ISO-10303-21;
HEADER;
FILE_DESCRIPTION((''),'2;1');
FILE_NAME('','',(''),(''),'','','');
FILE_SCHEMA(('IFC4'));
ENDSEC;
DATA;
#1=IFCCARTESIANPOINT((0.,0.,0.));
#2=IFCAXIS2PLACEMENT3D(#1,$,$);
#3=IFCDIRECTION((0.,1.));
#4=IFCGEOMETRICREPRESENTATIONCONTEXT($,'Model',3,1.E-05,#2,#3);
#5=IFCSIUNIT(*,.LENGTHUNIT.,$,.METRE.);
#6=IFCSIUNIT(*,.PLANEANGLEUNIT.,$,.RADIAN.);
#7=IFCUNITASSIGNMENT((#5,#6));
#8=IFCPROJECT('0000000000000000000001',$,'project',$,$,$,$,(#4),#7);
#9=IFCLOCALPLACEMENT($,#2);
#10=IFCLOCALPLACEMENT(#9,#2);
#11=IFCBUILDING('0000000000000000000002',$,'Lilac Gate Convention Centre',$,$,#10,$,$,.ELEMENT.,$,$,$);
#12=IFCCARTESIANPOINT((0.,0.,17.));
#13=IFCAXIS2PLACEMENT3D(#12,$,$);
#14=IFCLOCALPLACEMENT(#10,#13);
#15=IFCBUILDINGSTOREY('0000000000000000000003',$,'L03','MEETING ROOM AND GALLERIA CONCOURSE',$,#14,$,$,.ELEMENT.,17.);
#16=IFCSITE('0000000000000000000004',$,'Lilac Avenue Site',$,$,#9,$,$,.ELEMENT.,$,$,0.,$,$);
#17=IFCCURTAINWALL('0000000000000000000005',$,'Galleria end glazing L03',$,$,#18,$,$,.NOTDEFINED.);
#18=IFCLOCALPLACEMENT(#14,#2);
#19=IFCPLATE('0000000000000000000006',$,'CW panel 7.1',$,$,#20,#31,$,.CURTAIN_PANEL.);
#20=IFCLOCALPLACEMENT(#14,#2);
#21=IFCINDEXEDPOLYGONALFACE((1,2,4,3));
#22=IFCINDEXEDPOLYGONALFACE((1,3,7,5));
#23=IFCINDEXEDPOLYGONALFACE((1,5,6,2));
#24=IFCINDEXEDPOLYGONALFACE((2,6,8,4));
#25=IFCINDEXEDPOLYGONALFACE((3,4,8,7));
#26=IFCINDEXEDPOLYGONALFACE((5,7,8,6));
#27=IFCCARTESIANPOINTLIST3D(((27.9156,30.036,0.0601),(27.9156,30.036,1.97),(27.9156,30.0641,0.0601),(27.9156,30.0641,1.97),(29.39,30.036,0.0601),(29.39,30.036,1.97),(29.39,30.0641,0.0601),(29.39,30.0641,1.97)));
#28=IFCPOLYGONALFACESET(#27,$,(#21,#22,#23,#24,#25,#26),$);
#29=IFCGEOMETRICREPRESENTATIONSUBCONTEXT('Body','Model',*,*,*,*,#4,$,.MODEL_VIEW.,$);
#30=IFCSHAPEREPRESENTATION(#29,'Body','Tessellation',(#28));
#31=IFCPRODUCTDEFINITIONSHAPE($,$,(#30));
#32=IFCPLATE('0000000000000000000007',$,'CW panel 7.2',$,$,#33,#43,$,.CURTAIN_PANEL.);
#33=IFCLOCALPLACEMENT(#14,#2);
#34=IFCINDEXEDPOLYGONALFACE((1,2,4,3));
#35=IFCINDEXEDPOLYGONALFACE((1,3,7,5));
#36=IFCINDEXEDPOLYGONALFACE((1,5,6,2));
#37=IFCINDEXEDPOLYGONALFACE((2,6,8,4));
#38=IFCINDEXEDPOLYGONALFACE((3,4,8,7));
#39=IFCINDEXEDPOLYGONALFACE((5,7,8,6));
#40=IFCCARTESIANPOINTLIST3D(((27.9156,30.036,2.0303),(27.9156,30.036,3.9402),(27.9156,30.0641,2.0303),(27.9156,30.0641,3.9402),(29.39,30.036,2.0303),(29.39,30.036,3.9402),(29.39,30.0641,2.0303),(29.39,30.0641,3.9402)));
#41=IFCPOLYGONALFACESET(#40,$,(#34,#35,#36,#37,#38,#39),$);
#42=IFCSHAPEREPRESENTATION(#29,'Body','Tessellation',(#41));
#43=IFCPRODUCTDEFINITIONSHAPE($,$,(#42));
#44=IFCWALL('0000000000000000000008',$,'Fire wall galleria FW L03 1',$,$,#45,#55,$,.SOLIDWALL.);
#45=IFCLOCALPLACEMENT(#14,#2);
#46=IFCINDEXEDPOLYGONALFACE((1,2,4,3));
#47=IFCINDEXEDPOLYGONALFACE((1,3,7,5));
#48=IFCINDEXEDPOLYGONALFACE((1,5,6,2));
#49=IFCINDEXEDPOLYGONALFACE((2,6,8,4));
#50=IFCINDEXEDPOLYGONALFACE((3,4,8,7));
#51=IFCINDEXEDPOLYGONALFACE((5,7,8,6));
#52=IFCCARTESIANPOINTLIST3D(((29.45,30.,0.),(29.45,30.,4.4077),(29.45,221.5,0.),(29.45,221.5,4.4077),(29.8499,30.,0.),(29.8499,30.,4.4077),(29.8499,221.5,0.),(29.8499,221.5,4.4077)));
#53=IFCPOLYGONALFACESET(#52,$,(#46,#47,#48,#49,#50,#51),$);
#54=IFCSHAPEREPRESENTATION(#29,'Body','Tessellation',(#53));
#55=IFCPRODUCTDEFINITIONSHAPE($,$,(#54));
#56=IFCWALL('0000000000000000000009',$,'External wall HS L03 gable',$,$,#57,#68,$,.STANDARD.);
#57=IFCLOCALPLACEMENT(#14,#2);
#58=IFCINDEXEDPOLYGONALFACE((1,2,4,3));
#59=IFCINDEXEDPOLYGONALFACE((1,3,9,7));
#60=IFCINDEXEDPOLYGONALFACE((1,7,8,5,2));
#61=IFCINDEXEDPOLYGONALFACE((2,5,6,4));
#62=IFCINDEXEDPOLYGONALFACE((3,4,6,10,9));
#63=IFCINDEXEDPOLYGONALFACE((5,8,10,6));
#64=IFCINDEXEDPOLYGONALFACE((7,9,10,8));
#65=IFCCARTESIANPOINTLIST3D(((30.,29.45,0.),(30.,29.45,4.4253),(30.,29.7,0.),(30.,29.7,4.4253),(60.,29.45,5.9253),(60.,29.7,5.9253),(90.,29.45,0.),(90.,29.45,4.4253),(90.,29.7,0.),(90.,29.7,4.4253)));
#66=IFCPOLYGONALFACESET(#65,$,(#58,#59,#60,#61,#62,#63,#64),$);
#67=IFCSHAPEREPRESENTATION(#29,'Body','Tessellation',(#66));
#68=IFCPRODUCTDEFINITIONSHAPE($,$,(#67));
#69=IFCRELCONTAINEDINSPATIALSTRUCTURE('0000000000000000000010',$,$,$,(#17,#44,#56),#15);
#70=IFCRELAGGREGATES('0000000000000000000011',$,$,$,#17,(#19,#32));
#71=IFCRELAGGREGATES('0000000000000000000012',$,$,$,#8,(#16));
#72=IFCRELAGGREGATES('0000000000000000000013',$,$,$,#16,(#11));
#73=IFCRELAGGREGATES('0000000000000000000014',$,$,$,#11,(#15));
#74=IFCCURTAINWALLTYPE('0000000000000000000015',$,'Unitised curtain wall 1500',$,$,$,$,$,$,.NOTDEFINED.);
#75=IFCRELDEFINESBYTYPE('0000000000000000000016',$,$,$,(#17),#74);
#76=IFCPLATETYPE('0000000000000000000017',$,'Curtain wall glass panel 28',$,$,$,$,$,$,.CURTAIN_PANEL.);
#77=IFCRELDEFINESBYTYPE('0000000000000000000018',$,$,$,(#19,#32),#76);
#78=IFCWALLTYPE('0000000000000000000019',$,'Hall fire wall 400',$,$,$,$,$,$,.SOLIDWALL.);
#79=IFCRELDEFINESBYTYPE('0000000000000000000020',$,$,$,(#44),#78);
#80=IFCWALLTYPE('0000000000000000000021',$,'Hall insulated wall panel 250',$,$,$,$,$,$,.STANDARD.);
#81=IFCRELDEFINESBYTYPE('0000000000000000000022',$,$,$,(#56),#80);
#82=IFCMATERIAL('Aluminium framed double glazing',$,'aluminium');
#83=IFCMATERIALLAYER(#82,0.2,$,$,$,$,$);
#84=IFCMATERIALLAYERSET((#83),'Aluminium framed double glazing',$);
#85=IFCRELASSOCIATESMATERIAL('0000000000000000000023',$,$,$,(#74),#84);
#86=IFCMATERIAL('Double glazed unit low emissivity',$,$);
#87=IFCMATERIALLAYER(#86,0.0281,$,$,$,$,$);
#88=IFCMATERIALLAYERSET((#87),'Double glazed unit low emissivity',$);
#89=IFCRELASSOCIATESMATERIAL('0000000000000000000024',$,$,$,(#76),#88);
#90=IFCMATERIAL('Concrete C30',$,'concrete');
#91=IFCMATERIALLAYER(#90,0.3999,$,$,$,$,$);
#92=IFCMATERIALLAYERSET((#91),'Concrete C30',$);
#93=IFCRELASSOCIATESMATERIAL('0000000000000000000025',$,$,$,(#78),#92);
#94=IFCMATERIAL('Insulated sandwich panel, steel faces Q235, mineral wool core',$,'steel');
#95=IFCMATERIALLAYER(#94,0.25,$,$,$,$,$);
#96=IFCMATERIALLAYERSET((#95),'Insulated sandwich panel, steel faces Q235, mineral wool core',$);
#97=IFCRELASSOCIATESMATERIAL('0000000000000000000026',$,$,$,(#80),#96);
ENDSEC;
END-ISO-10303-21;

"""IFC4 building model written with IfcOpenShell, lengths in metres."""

from ifc_helpers import new_model, si_unit, direction, frame, frame_2d, origin, origin_2d, place, context, subcontext, project, spatial, polyline, rectangle, outline, extrude, material, layer, layer_set, type_object, element, aggregate, save


model = new_model("IFC4")

# Units and contexts
model_context = context("Model", 3, precision=1e-05, world=origin(), true_north=direction((0.0, 1.0)))
body_context = subcontext(model_context, "Body", "Model", "MODEL_VIEW")
ifc_project = project(units=[si_unit("LENGTHUNIT", "METRE"), si_unit("PLANEANGLEUNIT", "RADIAN")], contexts=[model_context])

# Site, building, storey
site_placement = place(None, origin())
site = spatial("IfcSite", under=ifc_project, at=site_placement, Name="Lilac Avenue Site", CompositionType="ELEMENT", RefElevation=0.0)
building_placement = place(site_placement, origin())
building = spatial("IfcBuilding", under=site, at=building_placement, Name="Lilac Gate Convention Centre", CompositionType="ELEMENT")
storey_placement = place(building_placement, frame((0.0, 0.0, 17.0)))
storey = spatial("IfcBuildingStorey", under=building, at=storey_placement, Name="L03", Description="MEETING ROOM AND GALLERIA CONCOURSE", CompositionType="ELEMENT", Elevation=17.0)

# Curtain wall
ifc_material_1 = material(Name="Aluminium framed double glazing", Category="aluminium")
ifc_layer_1 = layer(ifc_material_1, 0.2)
ifc_layer_set_1 = layer_set([ifc_layer_1], Name="Aluminium framed double glazing")
curtain_wall_type = type_object("IfcCurtainWallType", Name="Unitised curtain wall 1500", PredefinedType="NOTDEFINED", material=ifc_layer_set_1)
curtain_wall_placement = place(storey_placement, origin())
curtain_wall = element("IfcCurtainWall", 1, at=curtain_wall_placement, inside=storey, type_object=curtain_wall_type, Name="Galleria end glazing L03", PredefinedType="NOTDEFINED")

# Plates
ifc_material_2 = material(Name="Double glazed unit low emissivity")
ifc_layer_2 = layer(ifc_material_2, 0.0281)
ifc_layer_set_2 = layer_set([ifc_layer_2], Name="Double glazed unit low emissivity")
plate_type = type_object("IfcPlateType", Name="Curtain wall glass panel 28", PredefinedType="CURTAIN_PANEL", material=ifc_layer_set_2)
plate_1_placement = place(storey_placement, frame((28.6528, 30.05, 0.0601), z_axis=(0.0, 0.0, 1.0), x_axis=(1.0, 0.0, 0.0)))
plate_1 = element("IfcPlate", 2, at=plate_1_placement, type_object=plate_type, Name="CW panel 7.1", PredefinedType="CURTAIN_PANEL", context=body_context, shape_type="SweptSolid", body=[
    extrude(rectangle(XDim=1.4744, YDim=0.0281, at=origin_2d()), origin(), (0.0, 0.0, 1.0), 1.9099),
])
plate_2_placement = place(storey_placement, frame((28.6528, 30.05, 2.0303), z_axis=(0.0, 0.0, 1.0), x_axis=(1.0, 0.0, 0.0)))
plate_2 = element("IfcPlate", 3, at=plate_2_placement, type_object=plate_type, Name="CW panel 7.2", PredefinedType="CURTAIN_PANEL", context=body_context, shape_type="SweptSolid", body=[
    extrude(rectangle(XDim=1.4744, YDim=0.0281, at=origin_2d()), origin(), (0.0, 0.0, 1.0), 1.9099),
])
aggregate(curtain_wall, [plate_1, plate_2])

# Walls
ifc_material_3 = material(Name="Concrete C30", Category="concrete")
ifc_layer_3 = layer(ifc_material_3, 0.3999)
ifc_layer_set_3 = layer_set([ifc_layer_3], Name="Concrete C30")
wall_type_1 = type_object("IfcWallType", Name="Hall fire wall 400", PredefinedType="SOLIDWALL", material=ifc_layer_set_3)
wall_1_placement = place(storey_placement, frame((29.6499, 30.0, 0.0), z_axis=(0.0, 0.0, 1.0), x_axis=(0.0, 1.0, 0.0)))
element("IfcWall", 4, at=wall_1_placement, inside=storey, type_object=wall_type_1, Name="Fire wall galleria FW L03 1", PredefinedType="SOLIDWALL", context=body_context, shape_type="SweptSolid", body=[
    extrude(rectangle(XDim=191.5, YDim=0.3999, at=frame_2d((95.75, 0.0))), origin(), (0.0, 0.0, 1.0), 4.4077),
])
ifc_material_4 = material(Name="Insulated sandwich panel, steel faces Q235, mineral wool core", Category="steel")
ifc_layer_4 = layer(ifc_material_4, 0.25)
ifc_layer_set_4 = layer_set([ifc_layer_4], Name="Insulated sandwich panel, steel faces Q235, mineral wool core")
wall_type_2 = type_object("IfcWallType", Name="Hall insulated wall panel 250", PredefinedType="STANDARD", material=ifc_layer_set_4)
wall_2_placement = place(storey_placement, frame((30.0, 29.575, 0.0), z_axis=(0.0, 0.0, 1.0), x_axis=(1.0, 0.0, 0.0)))
element("IfcWall", 5, at=wall_2_placement, inside=storey, type_object=wall_type_2, Name="External wall HS L03 gable", PredefinedType="STANDARD", context=body_context, shape_type="SweptSolid", body=[
    extrude(outline(polyline([(0.0, 0.0), (60.0, 0.0), (60.0, 4.4253), (30.0, 5.9253), (0.0, 4.4253), (0.0, 0.0)])), frame((0.0, 0.125, 0.0), z_axis=(0.0, -1.0, 0.0), x_axis=(1.0, 0.0, 0.0)), (0.0, 0.0, 1.0), 0.25),
])

save(model, "model.ifc")
